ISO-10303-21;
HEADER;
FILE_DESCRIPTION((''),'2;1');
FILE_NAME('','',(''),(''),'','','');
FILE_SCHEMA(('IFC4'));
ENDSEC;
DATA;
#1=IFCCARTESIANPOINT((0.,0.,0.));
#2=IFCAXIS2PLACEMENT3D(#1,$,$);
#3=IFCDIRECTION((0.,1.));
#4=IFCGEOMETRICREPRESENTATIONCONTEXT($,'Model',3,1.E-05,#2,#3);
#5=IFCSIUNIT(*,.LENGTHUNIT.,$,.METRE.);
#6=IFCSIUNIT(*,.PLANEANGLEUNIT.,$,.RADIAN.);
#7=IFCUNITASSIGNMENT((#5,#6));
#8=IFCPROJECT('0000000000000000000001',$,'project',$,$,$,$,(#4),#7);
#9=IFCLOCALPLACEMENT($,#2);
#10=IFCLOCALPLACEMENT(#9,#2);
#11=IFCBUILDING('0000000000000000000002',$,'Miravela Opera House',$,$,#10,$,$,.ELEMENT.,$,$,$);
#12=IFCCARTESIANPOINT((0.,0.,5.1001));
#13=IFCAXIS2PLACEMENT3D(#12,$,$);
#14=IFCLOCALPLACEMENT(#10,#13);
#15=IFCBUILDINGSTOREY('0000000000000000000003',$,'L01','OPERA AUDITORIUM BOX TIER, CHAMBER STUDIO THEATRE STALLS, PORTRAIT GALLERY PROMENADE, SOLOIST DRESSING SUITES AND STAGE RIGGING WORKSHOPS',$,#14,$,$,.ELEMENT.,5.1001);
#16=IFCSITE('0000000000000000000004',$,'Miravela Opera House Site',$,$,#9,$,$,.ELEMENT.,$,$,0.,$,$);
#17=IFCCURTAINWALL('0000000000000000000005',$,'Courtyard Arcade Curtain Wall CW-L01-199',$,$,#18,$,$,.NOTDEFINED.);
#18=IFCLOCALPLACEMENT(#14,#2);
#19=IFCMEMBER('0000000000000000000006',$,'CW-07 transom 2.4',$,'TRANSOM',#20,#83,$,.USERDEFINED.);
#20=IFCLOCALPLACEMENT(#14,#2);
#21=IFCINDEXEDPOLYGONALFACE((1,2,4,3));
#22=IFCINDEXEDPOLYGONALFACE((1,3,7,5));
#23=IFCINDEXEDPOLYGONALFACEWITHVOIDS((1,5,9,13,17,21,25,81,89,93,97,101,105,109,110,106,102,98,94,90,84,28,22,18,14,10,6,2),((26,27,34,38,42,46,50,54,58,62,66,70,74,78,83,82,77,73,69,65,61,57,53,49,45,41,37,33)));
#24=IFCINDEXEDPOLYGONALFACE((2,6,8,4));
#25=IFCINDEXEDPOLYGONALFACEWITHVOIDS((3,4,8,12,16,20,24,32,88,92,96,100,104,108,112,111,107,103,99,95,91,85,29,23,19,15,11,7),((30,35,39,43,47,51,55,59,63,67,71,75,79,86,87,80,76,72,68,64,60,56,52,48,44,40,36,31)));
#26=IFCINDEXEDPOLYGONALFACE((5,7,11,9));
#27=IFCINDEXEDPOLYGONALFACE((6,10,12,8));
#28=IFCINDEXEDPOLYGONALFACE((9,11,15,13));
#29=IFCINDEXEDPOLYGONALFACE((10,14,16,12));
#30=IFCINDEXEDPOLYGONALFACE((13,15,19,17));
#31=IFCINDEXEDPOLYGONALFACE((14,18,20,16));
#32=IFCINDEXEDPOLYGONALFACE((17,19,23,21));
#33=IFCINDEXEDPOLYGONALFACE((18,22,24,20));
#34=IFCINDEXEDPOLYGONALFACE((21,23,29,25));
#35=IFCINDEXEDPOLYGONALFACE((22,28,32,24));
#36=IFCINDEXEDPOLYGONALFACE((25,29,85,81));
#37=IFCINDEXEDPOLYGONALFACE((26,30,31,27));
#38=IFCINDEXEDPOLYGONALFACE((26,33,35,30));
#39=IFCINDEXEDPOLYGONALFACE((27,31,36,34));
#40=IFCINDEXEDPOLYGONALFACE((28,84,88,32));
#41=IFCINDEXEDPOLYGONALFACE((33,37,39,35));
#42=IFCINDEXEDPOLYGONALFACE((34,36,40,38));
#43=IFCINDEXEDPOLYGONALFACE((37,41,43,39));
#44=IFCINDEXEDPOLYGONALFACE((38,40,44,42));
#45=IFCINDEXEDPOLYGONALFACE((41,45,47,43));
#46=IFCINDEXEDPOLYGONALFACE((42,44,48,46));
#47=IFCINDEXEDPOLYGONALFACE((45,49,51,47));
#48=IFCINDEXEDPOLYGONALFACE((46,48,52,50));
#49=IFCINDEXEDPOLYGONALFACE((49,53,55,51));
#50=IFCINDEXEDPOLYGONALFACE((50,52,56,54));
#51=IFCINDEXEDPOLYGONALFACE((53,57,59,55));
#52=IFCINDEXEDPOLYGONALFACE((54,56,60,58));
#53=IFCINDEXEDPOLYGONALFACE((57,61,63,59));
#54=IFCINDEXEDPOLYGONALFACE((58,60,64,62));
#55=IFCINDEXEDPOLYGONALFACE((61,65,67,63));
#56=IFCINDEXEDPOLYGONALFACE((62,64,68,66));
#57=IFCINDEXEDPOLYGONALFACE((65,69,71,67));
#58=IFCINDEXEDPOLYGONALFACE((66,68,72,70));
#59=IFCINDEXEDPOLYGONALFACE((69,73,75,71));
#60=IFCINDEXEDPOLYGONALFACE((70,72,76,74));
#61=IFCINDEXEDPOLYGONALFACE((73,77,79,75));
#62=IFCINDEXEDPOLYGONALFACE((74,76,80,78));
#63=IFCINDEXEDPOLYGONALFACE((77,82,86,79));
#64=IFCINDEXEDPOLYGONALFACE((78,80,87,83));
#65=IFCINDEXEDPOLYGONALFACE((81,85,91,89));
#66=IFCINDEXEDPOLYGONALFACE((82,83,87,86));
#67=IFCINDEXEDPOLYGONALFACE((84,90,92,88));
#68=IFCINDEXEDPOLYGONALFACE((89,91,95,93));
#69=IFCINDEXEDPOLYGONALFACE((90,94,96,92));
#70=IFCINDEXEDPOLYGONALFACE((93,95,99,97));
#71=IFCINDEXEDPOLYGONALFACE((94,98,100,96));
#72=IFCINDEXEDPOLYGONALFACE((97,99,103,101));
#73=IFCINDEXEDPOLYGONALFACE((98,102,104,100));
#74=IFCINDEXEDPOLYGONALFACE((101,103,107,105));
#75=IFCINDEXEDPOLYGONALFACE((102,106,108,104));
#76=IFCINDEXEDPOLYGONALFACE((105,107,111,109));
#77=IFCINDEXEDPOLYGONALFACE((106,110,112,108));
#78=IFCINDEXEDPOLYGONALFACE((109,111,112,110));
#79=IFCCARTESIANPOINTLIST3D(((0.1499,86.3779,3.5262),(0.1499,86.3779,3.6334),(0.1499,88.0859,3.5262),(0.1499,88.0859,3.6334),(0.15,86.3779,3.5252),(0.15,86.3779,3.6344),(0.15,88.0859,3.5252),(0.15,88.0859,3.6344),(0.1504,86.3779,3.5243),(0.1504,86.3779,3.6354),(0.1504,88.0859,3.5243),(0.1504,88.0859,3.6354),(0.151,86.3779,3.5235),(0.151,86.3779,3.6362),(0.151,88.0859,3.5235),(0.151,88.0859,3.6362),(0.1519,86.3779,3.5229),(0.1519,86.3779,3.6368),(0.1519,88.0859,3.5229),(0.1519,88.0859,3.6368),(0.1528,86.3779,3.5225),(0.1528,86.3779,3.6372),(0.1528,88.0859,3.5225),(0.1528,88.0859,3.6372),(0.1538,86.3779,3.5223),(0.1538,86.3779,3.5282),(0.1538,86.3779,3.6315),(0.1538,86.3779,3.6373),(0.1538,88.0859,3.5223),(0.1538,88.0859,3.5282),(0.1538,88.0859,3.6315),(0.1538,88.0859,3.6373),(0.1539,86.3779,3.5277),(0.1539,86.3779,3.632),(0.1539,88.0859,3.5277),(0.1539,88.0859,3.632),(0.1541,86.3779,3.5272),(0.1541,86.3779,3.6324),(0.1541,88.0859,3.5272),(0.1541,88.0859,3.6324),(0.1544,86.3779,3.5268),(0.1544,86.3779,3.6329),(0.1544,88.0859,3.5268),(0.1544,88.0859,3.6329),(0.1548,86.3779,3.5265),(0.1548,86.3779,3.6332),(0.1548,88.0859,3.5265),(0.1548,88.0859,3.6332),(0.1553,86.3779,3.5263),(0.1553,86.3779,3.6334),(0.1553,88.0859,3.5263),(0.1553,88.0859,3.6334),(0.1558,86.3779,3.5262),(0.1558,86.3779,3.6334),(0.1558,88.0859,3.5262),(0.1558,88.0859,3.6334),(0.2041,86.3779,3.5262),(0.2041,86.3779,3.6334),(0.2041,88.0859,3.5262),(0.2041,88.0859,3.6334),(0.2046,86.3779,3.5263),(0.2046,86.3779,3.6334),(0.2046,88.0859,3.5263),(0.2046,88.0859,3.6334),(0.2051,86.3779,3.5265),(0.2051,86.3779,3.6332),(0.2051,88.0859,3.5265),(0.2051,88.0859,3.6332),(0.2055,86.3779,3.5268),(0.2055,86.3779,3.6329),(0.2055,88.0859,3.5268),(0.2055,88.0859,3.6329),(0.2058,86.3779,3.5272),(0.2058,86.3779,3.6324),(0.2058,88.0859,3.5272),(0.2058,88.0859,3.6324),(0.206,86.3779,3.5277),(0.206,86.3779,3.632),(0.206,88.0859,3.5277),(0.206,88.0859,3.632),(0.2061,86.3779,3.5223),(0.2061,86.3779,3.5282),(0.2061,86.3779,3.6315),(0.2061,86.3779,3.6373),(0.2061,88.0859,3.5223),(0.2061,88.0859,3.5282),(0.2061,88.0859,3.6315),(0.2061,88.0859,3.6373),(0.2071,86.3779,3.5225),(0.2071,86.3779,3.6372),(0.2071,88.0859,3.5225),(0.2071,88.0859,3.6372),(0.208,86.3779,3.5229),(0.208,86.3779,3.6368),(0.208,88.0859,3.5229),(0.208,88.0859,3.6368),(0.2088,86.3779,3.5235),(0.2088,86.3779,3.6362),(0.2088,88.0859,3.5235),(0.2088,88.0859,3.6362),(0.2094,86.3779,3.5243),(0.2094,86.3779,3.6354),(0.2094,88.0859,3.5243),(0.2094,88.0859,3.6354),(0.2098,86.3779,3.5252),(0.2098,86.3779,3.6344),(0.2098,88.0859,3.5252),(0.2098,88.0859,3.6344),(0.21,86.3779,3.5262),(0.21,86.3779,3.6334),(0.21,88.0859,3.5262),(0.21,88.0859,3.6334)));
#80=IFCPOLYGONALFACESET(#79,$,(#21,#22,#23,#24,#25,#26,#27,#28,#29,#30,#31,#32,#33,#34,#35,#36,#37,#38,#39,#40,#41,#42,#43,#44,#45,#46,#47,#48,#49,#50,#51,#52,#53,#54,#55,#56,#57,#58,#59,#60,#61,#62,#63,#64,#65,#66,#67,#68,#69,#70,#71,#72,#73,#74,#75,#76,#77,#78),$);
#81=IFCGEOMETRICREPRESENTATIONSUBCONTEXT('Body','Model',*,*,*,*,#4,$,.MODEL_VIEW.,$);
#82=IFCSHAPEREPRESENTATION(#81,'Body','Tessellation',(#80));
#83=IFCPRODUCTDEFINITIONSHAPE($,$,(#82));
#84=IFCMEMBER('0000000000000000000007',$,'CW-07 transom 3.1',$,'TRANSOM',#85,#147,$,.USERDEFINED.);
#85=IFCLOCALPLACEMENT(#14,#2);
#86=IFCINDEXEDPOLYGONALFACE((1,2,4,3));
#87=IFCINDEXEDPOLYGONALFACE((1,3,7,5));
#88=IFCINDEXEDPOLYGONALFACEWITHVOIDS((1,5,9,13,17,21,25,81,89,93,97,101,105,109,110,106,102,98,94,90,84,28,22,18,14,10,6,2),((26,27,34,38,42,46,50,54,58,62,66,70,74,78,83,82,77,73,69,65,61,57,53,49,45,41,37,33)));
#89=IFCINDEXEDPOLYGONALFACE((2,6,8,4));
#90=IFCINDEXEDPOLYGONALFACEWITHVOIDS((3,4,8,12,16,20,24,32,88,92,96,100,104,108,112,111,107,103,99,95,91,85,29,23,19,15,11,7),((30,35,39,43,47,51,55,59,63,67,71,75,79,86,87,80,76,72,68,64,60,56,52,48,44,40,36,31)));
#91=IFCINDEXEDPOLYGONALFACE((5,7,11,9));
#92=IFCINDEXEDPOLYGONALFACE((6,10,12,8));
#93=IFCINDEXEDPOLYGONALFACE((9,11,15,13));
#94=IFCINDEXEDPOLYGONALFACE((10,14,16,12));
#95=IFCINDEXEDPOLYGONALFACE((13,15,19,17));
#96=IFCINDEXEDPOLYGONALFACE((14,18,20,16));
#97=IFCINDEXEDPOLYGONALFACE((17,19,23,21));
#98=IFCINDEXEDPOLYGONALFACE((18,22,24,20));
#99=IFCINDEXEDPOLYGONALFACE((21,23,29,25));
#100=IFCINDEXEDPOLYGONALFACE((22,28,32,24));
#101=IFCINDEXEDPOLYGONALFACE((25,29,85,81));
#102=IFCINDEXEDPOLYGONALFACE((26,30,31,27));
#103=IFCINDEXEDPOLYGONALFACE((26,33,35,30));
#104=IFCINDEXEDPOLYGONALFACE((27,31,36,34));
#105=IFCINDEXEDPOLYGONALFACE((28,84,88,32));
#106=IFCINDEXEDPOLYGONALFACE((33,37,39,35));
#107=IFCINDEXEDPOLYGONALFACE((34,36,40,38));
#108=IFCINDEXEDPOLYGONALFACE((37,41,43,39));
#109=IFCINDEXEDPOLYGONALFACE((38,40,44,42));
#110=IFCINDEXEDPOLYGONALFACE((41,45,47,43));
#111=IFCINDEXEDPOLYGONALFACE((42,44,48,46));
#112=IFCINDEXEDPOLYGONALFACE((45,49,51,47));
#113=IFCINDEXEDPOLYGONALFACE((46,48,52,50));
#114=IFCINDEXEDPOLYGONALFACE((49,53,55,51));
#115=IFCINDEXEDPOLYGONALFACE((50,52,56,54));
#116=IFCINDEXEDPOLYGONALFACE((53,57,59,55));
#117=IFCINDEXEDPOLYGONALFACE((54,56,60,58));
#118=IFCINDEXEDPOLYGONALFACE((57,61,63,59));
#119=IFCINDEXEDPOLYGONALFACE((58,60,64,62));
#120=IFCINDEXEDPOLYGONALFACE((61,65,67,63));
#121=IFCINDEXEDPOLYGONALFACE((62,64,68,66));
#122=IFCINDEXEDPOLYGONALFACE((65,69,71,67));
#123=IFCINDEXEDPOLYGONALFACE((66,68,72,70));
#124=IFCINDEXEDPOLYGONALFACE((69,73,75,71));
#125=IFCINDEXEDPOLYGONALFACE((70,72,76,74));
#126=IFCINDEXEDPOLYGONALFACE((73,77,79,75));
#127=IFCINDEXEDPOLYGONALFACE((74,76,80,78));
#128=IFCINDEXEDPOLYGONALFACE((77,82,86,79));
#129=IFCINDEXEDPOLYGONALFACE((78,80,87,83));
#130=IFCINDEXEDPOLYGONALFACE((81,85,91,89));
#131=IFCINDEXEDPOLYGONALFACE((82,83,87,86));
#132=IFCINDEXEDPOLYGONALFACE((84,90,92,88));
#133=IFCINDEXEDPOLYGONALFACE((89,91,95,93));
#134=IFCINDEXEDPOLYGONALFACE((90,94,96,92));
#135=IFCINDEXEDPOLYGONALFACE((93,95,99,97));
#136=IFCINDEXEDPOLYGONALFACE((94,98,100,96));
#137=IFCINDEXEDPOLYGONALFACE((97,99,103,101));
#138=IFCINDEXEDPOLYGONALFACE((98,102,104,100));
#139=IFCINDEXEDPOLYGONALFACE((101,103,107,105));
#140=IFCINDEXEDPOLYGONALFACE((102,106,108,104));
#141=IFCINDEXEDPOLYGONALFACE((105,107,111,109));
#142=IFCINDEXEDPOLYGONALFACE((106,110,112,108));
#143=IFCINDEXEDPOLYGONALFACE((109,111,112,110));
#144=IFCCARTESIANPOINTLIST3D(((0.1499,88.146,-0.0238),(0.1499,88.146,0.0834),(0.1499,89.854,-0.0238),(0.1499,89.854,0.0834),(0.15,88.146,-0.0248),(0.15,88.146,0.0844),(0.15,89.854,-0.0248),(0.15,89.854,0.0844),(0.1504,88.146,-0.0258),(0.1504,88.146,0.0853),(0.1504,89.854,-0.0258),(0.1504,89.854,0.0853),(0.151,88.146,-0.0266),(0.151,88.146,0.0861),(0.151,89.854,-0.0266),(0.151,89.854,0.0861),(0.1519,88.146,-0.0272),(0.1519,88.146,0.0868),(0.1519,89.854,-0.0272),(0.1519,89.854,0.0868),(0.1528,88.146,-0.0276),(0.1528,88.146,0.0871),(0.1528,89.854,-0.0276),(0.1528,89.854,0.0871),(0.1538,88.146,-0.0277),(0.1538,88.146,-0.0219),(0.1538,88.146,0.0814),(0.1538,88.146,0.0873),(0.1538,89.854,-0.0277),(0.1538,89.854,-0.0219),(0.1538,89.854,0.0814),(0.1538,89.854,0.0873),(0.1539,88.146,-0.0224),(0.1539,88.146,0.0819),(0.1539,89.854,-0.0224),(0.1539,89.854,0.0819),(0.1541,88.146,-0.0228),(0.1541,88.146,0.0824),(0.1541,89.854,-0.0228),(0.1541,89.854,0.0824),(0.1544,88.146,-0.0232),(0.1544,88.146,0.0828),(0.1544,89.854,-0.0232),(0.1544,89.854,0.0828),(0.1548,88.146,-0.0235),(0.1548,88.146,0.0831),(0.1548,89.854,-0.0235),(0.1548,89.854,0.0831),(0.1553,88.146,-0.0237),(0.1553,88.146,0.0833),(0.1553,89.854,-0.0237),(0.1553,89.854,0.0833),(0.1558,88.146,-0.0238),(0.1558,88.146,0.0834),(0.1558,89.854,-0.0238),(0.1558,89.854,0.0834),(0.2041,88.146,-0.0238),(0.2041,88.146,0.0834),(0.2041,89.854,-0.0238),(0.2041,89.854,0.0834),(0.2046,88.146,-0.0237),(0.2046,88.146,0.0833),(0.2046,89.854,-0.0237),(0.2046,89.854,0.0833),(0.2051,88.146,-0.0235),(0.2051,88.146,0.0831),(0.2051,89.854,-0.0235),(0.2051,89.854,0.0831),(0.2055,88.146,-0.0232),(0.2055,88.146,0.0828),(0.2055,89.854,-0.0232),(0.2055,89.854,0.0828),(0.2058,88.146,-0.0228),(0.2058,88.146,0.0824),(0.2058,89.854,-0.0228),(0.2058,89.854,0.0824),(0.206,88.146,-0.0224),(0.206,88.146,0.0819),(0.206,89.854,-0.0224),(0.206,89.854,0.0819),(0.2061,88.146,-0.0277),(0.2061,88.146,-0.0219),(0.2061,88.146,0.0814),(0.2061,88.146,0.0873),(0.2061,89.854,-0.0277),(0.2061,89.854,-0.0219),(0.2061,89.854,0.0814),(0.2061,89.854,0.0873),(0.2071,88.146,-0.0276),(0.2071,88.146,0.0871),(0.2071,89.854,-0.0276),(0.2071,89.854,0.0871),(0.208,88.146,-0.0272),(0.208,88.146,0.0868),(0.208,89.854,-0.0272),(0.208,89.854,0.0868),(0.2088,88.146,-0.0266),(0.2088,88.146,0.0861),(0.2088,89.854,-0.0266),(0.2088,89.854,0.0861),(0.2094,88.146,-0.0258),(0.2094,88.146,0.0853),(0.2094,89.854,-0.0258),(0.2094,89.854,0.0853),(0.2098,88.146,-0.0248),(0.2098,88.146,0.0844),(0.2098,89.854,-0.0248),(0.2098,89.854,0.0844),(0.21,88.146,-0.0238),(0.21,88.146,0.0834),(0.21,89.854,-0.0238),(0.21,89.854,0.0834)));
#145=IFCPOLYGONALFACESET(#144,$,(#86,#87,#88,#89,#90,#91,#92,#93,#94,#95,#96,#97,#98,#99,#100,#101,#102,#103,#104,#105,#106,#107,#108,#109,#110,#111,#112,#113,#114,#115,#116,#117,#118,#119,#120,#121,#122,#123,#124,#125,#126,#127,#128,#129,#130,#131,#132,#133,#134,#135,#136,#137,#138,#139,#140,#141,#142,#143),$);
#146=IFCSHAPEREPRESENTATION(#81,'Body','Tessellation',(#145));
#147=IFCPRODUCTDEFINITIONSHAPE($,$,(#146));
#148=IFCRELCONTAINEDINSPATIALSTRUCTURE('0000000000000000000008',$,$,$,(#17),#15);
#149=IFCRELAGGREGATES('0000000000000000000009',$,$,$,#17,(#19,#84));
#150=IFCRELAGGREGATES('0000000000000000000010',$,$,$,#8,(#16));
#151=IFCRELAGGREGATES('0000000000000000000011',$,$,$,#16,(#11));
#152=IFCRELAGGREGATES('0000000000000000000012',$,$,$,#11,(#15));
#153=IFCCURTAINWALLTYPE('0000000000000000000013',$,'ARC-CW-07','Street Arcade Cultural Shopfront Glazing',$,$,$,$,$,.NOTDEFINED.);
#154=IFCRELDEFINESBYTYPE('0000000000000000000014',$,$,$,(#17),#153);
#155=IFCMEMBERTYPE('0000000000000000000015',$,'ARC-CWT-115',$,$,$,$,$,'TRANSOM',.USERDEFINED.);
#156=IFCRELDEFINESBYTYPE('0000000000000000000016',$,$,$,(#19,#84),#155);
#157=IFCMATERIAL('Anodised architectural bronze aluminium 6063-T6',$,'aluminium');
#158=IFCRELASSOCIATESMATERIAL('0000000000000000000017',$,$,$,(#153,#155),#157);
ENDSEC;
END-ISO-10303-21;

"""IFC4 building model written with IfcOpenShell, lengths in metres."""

from ifc_helpers import new_model, si_unit, direction, frame, origin, origin_2d, place, context, subcontext, project, spatial, hollow_rectangle, extrude, material, material_profile, profile_set, type_object, element, aggregate, save


model = new_model("IFC4")

# Units and contexts
model_context = context("Model", 3, precision=1e-05, world=origin(), true_north=direction((0.0, 1.0)))
body_context = subcontext(model_context, "Body", "Model", "MODEL_VIEW")
ifc_project = project(units=[si_unit("LENGTHUNIT", "METRE"), si_unit("PLANEANGLEUNIT", "RADIAN")], contexts=[model_context])

# Site, building, storey
site_placement = place(None, origin())
site = spatial("IfcSite", under=ifc_project, at=site_placement, Name="Miravela Opera House Site", CompositionType="ELEMENT", RefElevation=0.0)
building_placement = place(site_placement, origin())
building = spatial("IfcBuilding", under=site, at=building_placement, Name="Miravela Opera House", CompositionType="ELEMENT")
storey_placement = place(building_placement, frame((0.0, 0.0, 5.1001)))
storey = spatial("IfcBuildingStorey", under=building, at=storey_placement, Name="L01", Description="OPERA AUDITORIUM BOX TIER, CHAMBER STUDIO THEATRE STALLS, PORTRAIT GALLERY PROMENADE, SOLOIST DRESSING SUITES AND STAGE RIGGING WORKSHOPS", CompositionType="ELEMENT", Elevation=5.1001)

# Curtain wall, members
ifc_material_1 = material(Name="Anodised architectural bronze aluminium 6063-T6", Category="aluminium")
curtain_wall_type = type_object("IfcCurtainWallType", Name="ARC-CW-07", Description="Street Arcade Cultural Shopfront Glazing", PredefinedType="NOTDEFINED", material=ifc_material_1)
curtain_wall_placement = place(storey_placement, origin())
curtain_wall = element("IfcCurtainWall", 1, at=curtain_wall_placement, inside=storey, type_object=curtain_wall_type, Name="Courtyard Arcade Curtain Wall CW-L01-199", PredefinedType="NOTDEFINED")
ifc_material_profile_1 = material_profile(ifc_material_1, hollow_rectangle(XDim=0.0601, YDim=0.115, WallThickness=0.0039, InnerFilletRadius=0.002, OuterFilletRadius=0.0039, at=origin_2d()), Name="CWT-60X115")
ifc_profile_set_1 = profile_set([ifc_material_profile_1])
member_type_1 = type_object("IfcMemberType", Name="ARC-CWT-115", ElementType="TRANSOM", PredefinedType="USERDEFINED", material=ifc_profile_set_1)
member_1_placement = place(storey_placement, frame((0.1799, 86.3779, 3.5798), z_axis=(0.0, 1.0, 0.0), x_axis=(-1.0, 0.0, 0.0)))
member_1 = element("IfcMember", 2, at=member_1_placement, type_object=member_type_1, Name="CW-07 transom 2.4", ObjectType="TRANSOM", PredefinedType="USERDEFINED", context=body_context, shape_type="SweptSolid", body=[
    extrude(hollow_rectangle(XDim=0.0601, YDim=0.115, WallThickness=0.0039, InnerFilletRadius=0.002, OuterFilletRadius=0.0039, at=origin_2d()), origin(), (0.0, 0.0, 1.0), 1.708),
])
member_2_placement = place(storey_placement, frame((0.1799, 88.146, 0.0298), z_axis=(0.0, 1.0, 0.0), x_axis=(-1.0, 0.0, 0.0)))
member_2 = element("IfcMember", 3, at=member_2_placement, type_object=member_type_1, Name="CW-07 transom 3.1", ObjectType="TRANSOM", PredefinedType="USERDEFINED", context=body_context, shape_type="SweptSolid", body=[
    extrude(hollow_rectangle(XDim=0.0601, YDim=0.115, WallThickness=0.0039, InnerFilletRadius=0.002, OuterFilletRadius=0.0039, at=origin_2d()), origin(), (0.0, 0.0, 1.0), 1.708),
])
aggregate(curtain_wall, [member_1, member_2])

save(model, "model.ifc")
